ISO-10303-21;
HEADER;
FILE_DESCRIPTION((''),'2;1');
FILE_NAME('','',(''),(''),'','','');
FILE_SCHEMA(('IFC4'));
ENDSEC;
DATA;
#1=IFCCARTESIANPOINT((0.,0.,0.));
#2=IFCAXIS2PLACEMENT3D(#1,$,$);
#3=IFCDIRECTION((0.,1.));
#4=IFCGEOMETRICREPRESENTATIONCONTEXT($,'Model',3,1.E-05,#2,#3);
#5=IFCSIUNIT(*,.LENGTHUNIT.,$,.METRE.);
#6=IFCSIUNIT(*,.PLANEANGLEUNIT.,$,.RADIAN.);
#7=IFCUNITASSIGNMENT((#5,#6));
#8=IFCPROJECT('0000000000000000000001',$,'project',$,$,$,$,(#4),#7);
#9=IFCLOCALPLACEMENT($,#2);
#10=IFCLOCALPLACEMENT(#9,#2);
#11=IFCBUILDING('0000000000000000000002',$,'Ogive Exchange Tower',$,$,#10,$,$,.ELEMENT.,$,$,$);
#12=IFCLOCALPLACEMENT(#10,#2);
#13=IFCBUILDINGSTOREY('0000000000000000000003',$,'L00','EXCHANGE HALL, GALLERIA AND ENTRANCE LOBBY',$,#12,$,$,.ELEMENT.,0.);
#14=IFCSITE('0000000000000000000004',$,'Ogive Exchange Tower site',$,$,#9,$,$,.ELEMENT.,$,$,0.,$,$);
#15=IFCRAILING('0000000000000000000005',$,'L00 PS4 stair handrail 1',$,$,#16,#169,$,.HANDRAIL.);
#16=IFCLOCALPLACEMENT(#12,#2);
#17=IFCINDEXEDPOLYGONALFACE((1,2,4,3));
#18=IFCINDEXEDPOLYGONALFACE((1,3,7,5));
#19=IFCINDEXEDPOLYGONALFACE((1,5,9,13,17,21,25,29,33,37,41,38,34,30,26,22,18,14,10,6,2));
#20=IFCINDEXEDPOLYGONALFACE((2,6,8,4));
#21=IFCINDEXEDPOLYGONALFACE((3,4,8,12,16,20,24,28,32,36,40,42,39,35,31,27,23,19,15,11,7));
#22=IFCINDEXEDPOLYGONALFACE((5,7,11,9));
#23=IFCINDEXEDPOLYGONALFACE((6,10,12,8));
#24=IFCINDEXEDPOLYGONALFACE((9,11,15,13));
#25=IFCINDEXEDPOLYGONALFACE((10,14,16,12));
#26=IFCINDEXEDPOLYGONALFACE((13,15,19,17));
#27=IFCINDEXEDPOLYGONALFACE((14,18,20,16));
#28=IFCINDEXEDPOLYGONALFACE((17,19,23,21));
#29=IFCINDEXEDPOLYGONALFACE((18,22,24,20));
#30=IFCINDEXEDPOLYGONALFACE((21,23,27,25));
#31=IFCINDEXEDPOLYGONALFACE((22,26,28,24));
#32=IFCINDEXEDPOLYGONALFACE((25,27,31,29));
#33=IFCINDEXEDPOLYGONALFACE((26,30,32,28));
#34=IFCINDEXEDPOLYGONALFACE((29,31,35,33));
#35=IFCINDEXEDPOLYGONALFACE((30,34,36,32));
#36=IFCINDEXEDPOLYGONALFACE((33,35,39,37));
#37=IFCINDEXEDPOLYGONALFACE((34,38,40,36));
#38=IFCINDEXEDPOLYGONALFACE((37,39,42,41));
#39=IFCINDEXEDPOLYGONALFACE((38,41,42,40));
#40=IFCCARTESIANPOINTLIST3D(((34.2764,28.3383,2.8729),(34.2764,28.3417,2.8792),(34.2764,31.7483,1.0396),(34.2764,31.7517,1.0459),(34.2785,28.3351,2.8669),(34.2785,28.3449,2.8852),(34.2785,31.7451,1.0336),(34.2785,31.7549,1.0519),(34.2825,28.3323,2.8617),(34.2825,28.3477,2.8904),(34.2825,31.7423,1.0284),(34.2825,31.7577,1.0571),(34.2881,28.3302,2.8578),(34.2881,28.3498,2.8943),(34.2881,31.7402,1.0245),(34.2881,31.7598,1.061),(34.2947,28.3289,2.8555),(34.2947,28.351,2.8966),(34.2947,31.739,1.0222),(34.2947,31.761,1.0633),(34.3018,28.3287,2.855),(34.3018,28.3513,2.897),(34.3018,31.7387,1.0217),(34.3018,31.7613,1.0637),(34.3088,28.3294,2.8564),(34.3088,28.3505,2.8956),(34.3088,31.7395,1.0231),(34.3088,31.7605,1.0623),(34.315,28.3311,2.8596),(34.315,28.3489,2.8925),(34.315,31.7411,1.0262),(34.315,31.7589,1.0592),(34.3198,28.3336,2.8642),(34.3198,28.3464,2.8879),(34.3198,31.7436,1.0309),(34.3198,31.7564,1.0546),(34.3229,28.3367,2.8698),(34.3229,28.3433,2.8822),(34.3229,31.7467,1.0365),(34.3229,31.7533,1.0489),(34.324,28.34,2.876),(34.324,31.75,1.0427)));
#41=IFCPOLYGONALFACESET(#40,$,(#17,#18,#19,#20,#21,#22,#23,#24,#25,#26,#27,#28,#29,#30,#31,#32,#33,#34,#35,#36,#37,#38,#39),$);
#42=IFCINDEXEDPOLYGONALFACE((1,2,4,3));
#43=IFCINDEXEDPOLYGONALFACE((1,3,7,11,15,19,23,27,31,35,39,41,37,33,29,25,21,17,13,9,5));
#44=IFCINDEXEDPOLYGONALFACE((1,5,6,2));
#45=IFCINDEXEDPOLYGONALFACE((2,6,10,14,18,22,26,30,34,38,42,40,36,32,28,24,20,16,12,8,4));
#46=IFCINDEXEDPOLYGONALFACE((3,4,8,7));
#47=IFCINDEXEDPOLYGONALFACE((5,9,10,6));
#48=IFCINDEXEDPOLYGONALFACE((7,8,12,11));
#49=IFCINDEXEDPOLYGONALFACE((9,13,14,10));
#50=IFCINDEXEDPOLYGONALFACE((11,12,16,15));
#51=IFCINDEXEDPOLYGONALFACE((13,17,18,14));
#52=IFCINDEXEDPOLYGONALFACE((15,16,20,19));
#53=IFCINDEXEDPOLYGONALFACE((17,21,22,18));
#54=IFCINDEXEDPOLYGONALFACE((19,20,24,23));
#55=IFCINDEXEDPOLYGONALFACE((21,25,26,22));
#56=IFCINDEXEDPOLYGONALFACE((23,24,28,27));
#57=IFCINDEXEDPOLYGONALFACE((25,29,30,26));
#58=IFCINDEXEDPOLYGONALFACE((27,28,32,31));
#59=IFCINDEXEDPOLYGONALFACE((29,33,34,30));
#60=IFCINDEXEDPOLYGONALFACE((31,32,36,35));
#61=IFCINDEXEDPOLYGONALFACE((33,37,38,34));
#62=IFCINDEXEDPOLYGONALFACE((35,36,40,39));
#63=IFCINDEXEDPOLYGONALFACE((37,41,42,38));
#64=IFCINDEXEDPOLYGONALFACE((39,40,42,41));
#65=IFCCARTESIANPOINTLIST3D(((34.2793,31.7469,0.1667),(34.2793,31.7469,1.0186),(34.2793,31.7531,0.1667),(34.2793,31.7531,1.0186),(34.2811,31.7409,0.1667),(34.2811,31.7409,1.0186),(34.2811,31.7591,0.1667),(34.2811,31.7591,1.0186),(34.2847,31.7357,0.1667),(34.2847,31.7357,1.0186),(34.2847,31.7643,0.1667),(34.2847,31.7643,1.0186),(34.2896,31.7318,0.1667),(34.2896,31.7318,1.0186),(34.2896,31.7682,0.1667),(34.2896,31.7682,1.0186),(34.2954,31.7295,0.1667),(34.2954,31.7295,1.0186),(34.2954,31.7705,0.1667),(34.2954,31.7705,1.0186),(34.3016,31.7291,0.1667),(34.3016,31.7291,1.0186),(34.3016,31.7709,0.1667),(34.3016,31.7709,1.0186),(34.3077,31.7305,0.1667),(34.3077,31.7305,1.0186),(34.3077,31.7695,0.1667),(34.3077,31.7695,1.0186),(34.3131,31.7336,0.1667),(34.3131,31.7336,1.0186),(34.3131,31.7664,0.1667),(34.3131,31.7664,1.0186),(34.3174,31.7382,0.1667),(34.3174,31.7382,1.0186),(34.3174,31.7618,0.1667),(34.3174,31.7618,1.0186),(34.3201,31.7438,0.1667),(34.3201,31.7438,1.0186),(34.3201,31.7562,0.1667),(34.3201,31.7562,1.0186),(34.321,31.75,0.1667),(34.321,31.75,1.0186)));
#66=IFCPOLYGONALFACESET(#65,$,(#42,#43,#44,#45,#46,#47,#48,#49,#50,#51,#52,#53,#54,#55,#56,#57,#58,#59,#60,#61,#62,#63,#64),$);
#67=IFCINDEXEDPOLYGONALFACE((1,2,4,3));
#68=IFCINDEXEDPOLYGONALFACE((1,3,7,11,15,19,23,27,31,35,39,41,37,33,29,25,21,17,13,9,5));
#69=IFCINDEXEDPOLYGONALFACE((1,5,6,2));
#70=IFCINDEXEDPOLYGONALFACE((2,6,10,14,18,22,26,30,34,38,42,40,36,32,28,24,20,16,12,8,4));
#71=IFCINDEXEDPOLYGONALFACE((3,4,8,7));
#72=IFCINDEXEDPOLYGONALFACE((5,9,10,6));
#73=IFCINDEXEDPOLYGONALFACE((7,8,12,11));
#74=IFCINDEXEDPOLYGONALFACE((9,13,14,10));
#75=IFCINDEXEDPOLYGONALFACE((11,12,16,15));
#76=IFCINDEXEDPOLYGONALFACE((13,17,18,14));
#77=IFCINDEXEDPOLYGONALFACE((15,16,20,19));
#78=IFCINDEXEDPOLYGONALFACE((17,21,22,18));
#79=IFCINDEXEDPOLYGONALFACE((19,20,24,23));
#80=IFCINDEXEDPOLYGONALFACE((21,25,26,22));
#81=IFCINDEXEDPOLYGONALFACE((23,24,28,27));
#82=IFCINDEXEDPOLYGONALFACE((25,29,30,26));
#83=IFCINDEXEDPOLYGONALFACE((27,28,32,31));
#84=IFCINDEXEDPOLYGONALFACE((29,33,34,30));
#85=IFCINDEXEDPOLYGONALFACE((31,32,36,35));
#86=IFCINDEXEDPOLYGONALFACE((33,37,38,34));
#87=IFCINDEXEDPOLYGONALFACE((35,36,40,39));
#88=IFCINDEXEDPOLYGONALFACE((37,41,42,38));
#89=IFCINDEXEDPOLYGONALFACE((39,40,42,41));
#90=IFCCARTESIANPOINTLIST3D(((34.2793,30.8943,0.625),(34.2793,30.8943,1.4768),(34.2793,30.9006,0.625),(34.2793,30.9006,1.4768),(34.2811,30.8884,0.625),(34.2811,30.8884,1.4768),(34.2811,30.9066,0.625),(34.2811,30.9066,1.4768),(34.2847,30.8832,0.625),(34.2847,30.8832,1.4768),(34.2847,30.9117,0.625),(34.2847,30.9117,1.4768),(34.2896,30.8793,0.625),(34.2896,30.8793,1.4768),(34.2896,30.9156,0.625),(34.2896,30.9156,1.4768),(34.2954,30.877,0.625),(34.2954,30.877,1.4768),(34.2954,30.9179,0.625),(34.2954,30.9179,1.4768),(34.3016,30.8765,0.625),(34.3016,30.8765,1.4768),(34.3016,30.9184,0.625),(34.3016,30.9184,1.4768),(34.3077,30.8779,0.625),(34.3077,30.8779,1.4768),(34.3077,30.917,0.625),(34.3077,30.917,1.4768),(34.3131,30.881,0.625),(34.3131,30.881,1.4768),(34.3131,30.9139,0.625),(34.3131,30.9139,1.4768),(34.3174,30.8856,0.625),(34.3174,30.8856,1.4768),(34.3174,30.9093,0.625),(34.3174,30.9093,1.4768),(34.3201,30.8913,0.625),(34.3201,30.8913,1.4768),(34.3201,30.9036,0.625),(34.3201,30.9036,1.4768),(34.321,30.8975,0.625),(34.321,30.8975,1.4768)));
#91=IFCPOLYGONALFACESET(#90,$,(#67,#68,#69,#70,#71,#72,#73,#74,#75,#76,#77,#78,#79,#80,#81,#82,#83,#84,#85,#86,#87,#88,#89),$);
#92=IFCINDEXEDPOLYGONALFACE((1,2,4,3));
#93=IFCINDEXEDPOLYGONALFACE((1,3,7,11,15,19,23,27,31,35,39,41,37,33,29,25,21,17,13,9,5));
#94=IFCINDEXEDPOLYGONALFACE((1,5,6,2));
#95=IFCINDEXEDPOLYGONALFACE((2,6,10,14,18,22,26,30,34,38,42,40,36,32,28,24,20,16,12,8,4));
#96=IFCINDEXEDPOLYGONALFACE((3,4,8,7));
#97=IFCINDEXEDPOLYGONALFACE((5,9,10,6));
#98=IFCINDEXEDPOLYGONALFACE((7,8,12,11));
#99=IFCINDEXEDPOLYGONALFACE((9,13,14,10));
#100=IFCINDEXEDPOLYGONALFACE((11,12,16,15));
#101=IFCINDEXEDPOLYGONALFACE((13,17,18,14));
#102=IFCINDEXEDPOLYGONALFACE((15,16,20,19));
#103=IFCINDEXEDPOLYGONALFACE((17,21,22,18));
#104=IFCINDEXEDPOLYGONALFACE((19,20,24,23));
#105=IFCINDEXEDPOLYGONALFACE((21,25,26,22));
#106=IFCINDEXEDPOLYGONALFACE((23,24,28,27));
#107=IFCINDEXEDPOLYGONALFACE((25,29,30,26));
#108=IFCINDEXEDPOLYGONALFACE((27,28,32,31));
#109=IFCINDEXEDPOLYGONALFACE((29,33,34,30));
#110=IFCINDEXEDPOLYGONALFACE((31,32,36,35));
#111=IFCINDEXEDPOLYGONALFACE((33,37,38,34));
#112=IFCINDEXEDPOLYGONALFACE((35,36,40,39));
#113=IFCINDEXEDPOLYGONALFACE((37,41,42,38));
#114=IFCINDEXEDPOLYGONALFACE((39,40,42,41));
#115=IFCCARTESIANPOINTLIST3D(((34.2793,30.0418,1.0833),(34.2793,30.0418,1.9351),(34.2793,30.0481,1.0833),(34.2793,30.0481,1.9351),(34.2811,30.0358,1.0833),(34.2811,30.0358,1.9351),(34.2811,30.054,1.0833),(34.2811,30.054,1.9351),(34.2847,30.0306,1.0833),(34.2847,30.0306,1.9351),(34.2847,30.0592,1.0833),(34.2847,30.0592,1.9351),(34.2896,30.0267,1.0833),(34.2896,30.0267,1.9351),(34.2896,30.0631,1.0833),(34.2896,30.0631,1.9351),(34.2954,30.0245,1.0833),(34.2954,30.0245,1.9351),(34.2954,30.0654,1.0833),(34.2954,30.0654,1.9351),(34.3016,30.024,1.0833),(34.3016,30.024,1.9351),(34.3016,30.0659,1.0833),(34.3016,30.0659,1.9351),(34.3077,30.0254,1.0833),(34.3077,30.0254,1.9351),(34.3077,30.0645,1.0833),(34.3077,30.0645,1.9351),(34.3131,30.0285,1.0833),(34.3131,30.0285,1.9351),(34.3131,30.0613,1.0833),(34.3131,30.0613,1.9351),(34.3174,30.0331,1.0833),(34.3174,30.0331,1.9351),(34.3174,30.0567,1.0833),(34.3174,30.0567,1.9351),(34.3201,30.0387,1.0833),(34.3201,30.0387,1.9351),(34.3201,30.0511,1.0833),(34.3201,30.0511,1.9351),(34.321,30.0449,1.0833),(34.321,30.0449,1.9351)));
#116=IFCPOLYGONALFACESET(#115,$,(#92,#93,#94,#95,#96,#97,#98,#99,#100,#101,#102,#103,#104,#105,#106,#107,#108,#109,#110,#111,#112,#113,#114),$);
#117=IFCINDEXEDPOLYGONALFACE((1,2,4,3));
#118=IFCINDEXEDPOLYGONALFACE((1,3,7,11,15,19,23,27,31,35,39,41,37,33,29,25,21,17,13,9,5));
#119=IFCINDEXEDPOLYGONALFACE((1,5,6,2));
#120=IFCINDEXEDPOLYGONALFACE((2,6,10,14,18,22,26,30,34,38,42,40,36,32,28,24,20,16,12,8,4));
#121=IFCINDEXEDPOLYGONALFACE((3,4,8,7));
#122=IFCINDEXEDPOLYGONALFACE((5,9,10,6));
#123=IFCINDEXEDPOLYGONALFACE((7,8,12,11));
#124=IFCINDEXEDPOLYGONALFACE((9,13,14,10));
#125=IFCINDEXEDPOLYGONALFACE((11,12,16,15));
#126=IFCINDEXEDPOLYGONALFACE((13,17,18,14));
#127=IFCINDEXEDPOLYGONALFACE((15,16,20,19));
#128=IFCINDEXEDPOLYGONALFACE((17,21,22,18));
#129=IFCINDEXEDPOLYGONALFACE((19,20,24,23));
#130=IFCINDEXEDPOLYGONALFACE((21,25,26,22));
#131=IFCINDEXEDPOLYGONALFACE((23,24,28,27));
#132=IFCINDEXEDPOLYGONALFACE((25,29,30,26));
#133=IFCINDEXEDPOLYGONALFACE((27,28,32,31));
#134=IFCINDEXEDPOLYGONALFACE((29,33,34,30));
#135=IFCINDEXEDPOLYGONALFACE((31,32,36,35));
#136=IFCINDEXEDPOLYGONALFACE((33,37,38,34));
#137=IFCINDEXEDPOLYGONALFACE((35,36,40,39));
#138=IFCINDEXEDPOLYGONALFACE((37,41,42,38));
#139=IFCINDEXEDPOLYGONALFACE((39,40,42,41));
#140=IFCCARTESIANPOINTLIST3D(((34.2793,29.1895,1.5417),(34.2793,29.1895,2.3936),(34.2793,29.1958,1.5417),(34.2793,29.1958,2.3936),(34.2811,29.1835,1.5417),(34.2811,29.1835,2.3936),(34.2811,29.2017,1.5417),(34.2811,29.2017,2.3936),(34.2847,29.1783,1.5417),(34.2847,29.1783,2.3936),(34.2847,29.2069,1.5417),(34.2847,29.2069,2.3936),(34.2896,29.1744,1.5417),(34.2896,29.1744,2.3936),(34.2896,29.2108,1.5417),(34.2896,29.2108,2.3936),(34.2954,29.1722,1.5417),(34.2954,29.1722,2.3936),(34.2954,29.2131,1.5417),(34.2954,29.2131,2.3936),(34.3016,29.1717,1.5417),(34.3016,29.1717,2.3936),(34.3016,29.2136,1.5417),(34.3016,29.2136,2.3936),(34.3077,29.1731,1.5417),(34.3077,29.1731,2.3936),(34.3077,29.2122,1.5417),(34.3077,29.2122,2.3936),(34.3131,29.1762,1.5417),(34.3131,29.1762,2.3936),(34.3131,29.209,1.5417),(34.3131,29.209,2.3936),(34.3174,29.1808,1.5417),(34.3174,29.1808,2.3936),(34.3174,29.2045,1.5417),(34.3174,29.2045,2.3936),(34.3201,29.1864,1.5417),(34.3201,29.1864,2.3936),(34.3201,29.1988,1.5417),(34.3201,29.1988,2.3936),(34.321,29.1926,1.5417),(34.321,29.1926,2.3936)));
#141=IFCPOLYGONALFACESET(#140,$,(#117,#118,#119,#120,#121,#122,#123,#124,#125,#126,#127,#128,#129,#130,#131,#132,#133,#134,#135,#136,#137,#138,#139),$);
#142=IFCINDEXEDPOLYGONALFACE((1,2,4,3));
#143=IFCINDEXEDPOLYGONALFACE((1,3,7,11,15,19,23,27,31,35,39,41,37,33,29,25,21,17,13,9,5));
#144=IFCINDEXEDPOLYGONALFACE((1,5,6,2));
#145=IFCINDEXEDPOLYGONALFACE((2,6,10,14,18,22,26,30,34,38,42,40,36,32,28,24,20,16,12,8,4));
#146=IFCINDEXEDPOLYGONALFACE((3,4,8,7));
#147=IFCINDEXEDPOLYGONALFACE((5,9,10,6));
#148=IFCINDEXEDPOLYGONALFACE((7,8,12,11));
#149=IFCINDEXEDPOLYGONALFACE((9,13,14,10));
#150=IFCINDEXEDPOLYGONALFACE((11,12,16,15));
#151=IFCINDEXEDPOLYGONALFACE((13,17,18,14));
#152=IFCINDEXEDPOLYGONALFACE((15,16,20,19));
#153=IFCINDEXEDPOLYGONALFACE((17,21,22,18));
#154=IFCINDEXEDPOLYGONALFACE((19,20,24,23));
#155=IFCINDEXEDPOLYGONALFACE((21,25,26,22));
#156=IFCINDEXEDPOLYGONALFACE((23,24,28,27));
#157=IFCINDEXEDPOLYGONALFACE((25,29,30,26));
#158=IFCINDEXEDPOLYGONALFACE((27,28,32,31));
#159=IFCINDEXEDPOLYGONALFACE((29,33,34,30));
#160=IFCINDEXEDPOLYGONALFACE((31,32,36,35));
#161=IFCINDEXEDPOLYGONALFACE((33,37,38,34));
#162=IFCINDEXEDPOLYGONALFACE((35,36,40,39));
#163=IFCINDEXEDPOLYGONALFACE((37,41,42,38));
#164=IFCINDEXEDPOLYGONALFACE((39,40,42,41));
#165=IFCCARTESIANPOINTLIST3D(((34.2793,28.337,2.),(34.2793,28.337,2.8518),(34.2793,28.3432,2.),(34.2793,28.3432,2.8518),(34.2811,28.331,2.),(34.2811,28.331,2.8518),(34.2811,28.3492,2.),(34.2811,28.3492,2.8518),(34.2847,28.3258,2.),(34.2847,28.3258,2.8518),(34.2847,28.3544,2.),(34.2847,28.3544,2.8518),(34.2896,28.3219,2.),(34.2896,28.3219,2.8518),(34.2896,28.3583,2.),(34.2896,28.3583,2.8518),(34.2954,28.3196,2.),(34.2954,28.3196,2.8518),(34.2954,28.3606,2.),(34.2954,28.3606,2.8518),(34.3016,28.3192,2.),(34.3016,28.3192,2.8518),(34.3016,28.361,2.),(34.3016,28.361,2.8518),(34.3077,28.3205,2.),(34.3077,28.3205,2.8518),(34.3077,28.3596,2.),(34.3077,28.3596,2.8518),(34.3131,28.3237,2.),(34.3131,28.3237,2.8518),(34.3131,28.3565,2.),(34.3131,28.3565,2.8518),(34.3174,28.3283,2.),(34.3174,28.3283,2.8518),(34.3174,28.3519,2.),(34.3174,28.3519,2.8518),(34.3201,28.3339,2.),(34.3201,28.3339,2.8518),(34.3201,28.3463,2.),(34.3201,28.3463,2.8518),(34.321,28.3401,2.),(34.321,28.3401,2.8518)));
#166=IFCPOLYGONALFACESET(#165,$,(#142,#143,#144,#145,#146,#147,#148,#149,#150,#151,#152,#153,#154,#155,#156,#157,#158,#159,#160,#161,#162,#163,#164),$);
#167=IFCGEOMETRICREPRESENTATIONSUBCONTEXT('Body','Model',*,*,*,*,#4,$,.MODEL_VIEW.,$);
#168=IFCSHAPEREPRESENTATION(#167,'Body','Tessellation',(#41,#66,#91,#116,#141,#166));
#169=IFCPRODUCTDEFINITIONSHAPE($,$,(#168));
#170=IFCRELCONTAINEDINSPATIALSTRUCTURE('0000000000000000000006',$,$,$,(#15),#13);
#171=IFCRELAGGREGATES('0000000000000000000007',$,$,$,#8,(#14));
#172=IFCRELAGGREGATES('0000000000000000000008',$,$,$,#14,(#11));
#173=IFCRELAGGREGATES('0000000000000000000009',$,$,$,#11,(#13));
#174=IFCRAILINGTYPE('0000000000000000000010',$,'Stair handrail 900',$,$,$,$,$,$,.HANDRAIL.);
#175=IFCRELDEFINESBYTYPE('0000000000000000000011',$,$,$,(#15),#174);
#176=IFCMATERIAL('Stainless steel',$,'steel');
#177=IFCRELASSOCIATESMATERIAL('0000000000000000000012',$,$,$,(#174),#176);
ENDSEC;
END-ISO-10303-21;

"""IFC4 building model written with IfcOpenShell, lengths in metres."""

from ifc_helpers import new_model, si_unit, direction, frame, origin, origin_2d, place, context, subcontext, project, spatial, circle, extrude, material, type_object, element, save


model = new_model("IFC4")

# Units and contexts
model_context = context("Model", 3, precision=1e-05, world=origin(), true_north=direction((0.0, 1.0)))
body_context = subcontext(model_context, "Body", "Model", "MODEL_VIEW")
ifc_project = project(units=[si_unit("LENGTHUNIT", "METRE"), si_unit("PLANEANGLEUNIT", "RADIAN")], contexts=[model_context])

# Site, building, storey
site_placement = place(None, origin())
site = spatial("IfcSite", under=ifc_project, at=site_placement, Name="Ogive Exchange Tower site", CompositionType="ELEMENT", RefElevation=0.0)
building_placement = place(site_placement, origin())
building = spatial("IfcBuilding", under=site, at=building_placement, Name="Ogive Exchange Tower", CompositionType="ELEMENT")
storey_placement = place(building_placement, origin())
storey = spatial("IfcBuildingStorey", under=building, at=storey_placement, Name="L00", Description="EXCHANGE HALL, GALLERIA AND ENTRANCE LOBBY", CompositionType="ELEMENT", Elevation=0.0)

# Railing
ifc_material_1 = material(Name="Stainless steel", Category="steel")
railing_type = type_object("IfcRailingType", Name="Stair handrail 900", PredefinedType="HANDRAIL", material=ifc_material_1)
railing_1_placement = place(storey_placement, frame((34.3, 31.75, 0.1667)))
element("IfcRailing", 1, at=railing_1_placement, inside=storey, type_object=railing_type, Name="L00 PS4 stair handrail 1", PredefinedType="HANDRAIL", context=body_context, shape_type="SweptSolid", body=[
    extrude(circle(Radius=0.0239, at=origin_2d()), frame((0.0, 0.0, 0.876), z_axis=(0.0, -0.880779, 0.473528), x_axis=(1.0, 0.0, 0.0)), (0.0, 0.0, 1.0), 3.8716),
    extrude(circle(Radius=0.021, at=origin_2d()), origin(), (0.0, 0.0, 1.0), 0.8518),
    extrude(circle(Radius=0.021, at=origin_2d()), frame((0.0, -0.8525, 0.4583)), (0.0, 0.0, 1.0), 0.8518),
    extrude(circle(Radius=0.021, at=origin_2d()), frame((0.0, -1.7051, 0.9165)), (0.0, 0.0, 1.0), 0.8518),
    extrude(circle(Radius=0.021, at=origin_2d()), frame((0.0, -2.5574, 1.375)), (0.0, 0.0, 1.0), 0.8518),
    extrude(circle(Radius=0.021, at=origin_2d()), frame((0.0, -3.4099, 1.8333)), (0.0, 0.0, 1.0), 0.8518),
])

save(model, "model.ifc")
